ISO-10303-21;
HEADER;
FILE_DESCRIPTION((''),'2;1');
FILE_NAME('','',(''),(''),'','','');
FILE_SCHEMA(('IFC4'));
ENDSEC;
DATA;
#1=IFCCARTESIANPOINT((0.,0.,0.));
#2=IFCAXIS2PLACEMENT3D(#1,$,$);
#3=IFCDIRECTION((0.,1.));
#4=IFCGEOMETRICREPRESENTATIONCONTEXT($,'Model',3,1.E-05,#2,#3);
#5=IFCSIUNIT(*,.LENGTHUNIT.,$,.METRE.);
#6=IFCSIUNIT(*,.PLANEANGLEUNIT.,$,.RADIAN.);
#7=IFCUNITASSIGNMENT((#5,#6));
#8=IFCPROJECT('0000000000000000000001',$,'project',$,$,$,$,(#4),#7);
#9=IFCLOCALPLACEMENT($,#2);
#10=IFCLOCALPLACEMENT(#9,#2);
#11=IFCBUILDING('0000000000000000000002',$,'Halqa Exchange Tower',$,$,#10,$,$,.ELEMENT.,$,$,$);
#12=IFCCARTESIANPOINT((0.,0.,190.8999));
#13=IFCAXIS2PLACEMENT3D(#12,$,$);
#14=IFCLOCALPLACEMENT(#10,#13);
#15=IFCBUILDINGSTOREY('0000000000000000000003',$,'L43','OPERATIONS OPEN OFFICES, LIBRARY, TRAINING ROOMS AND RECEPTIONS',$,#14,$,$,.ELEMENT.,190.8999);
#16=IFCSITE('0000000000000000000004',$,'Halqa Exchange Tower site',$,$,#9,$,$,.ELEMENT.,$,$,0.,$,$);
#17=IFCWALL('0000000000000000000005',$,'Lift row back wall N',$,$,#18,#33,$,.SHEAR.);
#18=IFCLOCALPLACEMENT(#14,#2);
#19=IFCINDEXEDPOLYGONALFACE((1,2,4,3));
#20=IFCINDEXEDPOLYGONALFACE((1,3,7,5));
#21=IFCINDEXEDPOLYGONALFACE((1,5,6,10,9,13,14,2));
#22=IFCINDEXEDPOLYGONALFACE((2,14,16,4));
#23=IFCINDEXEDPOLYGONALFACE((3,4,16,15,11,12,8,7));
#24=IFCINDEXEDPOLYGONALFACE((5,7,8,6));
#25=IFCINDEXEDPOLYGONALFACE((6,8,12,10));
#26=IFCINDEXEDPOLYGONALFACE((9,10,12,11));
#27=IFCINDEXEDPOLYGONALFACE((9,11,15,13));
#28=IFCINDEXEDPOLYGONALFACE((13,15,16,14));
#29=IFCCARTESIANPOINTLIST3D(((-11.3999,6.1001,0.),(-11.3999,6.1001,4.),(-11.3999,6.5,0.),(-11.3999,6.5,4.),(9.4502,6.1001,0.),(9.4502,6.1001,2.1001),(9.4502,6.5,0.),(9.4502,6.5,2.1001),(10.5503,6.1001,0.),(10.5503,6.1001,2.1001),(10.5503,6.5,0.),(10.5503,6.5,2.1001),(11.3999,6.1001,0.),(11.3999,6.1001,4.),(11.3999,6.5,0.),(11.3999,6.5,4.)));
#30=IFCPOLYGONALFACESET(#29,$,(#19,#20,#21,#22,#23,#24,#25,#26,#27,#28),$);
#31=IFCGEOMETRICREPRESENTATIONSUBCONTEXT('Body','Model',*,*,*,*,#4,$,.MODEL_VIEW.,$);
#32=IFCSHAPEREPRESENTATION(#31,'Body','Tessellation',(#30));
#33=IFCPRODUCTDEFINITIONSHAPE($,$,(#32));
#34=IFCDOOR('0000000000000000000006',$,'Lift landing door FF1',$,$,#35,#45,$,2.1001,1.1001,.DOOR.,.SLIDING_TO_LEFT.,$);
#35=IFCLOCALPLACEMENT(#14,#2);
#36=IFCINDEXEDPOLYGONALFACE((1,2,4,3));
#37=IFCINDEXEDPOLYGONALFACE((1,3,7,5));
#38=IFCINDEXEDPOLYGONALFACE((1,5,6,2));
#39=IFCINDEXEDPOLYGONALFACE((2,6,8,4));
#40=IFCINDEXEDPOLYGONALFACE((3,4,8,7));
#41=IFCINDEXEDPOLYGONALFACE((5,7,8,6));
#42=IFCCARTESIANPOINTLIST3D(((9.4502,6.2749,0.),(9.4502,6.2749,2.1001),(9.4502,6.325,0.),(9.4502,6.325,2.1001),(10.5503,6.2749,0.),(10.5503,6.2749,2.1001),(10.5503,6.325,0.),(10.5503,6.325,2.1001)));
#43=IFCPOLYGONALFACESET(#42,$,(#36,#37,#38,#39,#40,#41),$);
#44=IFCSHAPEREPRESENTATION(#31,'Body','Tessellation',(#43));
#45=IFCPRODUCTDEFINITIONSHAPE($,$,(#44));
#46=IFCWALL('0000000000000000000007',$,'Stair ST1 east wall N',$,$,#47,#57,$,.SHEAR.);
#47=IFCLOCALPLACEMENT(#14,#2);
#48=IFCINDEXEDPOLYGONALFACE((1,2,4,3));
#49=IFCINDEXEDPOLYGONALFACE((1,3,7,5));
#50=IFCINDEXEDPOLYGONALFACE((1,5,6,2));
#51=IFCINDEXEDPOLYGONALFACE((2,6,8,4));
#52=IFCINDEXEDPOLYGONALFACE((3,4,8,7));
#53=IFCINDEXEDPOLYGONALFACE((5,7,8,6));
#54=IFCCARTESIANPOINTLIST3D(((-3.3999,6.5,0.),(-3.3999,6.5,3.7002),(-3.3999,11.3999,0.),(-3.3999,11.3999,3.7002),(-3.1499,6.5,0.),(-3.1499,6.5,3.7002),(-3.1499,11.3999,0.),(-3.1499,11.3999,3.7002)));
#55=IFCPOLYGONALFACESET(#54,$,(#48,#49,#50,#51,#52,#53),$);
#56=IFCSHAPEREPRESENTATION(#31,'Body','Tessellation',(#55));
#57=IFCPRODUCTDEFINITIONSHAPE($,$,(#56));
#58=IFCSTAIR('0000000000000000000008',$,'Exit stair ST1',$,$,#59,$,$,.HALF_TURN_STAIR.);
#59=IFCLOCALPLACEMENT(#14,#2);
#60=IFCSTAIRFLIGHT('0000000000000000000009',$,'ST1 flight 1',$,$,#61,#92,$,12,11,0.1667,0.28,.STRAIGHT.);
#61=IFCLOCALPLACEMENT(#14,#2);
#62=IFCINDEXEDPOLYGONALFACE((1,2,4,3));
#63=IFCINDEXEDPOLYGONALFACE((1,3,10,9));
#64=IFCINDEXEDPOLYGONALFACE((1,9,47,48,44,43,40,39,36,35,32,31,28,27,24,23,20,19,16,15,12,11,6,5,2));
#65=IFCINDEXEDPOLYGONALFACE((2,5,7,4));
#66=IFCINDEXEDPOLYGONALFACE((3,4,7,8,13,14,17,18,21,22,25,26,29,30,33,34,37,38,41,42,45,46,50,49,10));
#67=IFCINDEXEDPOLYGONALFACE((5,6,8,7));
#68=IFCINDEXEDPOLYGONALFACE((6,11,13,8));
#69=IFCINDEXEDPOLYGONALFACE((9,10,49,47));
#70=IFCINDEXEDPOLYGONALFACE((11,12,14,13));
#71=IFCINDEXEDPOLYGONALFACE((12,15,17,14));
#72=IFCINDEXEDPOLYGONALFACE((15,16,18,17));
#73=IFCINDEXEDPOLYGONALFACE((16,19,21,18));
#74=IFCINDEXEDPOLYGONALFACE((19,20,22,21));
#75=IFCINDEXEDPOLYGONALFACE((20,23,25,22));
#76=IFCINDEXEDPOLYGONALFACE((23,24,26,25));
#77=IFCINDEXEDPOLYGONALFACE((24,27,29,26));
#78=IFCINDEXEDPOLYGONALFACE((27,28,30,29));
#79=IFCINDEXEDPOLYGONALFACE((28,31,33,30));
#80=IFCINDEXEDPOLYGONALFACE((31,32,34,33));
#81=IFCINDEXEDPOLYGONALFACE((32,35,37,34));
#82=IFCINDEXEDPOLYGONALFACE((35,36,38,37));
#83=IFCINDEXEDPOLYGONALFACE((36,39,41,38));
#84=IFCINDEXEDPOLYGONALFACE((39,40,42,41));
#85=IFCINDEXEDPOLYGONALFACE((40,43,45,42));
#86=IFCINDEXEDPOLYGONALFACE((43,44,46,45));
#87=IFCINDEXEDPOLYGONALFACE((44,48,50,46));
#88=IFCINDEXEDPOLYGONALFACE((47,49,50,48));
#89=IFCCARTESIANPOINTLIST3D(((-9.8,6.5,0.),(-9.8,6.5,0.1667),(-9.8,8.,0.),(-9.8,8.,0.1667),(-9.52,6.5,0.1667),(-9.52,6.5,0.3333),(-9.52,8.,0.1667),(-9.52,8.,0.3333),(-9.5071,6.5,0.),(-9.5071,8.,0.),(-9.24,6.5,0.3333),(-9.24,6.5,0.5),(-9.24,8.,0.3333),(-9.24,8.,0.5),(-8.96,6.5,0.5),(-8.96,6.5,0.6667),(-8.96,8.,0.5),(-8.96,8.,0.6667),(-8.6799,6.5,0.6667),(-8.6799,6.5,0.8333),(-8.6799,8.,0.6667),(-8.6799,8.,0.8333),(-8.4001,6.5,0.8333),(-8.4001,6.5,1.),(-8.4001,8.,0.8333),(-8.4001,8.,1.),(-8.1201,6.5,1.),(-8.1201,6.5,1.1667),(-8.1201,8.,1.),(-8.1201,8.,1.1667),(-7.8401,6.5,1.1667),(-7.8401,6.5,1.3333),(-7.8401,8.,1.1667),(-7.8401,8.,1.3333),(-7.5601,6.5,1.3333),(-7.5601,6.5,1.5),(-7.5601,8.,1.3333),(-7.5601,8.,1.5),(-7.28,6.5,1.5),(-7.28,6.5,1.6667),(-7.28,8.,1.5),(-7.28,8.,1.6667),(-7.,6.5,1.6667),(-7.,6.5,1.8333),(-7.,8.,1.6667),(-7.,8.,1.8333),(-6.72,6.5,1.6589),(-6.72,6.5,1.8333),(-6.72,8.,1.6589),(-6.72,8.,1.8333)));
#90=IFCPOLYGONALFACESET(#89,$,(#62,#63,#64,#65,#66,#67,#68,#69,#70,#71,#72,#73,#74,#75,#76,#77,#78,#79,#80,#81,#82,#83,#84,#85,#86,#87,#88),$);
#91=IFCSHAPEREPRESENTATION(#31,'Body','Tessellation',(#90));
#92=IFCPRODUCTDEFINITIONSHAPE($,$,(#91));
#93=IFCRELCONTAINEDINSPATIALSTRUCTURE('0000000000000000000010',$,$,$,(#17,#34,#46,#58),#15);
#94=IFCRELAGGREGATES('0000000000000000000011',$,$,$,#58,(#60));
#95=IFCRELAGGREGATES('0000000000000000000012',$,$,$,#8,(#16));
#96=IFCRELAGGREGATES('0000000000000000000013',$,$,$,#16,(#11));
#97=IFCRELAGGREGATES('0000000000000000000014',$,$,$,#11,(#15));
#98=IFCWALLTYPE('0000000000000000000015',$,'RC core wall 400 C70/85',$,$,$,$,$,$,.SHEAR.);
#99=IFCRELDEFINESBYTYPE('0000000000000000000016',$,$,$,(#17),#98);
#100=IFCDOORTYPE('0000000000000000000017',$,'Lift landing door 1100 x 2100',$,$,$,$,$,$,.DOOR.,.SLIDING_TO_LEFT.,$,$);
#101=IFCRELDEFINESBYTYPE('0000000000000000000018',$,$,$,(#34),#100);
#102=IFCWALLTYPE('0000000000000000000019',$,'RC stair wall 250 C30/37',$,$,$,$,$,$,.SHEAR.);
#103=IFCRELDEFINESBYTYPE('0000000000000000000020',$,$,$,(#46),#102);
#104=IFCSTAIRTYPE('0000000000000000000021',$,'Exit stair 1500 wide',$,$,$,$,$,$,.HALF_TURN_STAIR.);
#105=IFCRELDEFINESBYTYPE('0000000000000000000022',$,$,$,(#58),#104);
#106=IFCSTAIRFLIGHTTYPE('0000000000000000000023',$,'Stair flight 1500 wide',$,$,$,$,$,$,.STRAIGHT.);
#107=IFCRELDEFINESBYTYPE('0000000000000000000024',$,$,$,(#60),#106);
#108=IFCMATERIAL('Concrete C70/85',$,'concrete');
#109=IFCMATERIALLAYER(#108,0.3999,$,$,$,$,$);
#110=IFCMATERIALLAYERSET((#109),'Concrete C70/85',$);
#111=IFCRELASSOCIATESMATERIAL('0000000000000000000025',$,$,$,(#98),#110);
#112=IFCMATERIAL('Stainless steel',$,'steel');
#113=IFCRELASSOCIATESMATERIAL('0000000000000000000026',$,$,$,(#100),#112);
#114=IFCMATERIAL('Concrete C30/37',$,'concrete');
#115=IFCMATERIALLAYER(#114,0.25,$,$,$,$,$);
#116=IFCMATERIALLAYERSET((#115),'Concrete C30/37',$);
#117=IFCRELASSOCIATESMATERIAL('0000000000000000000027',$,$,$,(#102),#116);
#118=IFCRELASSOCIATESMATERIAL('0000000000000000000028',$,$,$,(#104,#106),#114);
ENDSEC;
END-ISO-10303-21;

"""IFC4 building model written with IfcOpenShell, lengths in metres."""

from ifc_helpers import new_model, si_unit, direction, frame, frame_2d, origin, place, context, subcontext, project, spatial, polyline, rectangle, outline, extrude, material, layer, layer_set, type_object, element, fill, aggregate, save


model = new_model("IFC4")

# Units and contexts
model_context = context("Model", 3, precision=1e-05, world=origin(), true_north=direction((0.0, 1.0)))
body_context = subcontext(model_context, "Body", "Model", "MODEL_VIEW")
ifc_project = project(units=[si_unit("LENGTHUNIT", "METRE"), si_unit("PLANEANGLEUNIT", "RADIAN")], contexts=[model_context])

# Site, building, storey
site_placement = place(None, origin())
site = spatial("IfcSite", under=ifc_project, at=site_placement, Name="Halqa Exchange Tower site", CompositionType="ELEMENT", RefElevation=0.0)
building_placement = place(site_placement, origin())
building = spatial("IfcBuilding", under=site, at=building_placement, Name="Halqa Exchange Tower", CompositionType="ELEMENT")
storey_placement = place(building_placement, frame((0.0, 0.0, 190.8999)))
storey = spatial("IfcBuildingStorey", under=building, at=storey_placement, Name="L43", Description="OPERATIONS OPEN OFFICES, LIBRARY, TRAINING ROOMS AND RECEPTIONS", CompositionType="ELEMENT", Elevation=190.8999)

# Shared definitions
ifc_material_1 = material(Name="Concrete C70/85", Category="concrete")
ifc_layer_1 = layer(ifc_material_1, 0.3999)
ifc_layer_set_1 = layer_set([ifc_layer_1], Name="Concrete C70/85")
wall_type_1 = type_object("IfcWallType", Name="RC core wall 400 C70/85", PredefinedType="SHEAR", material=ifc_layer_set_1)
ifc_material_2 = material(Name="Stainless steel", Category="steel")
door_type_1 = type_object("IfcDoorType", Name="Lift landing door 1100 x 2100", OperationType="SLIDING_TO_LEFT", PredefinedType="DOOR", material=ifc_material_2)

# Wall, opening, door
wall_1_placement = place(storey_placement, frame((-11.3999, 6.3, 0.0), z_axis=(0.0, 0.0, 1.0), x_axis=(1.0, 0.0, 0.0)))
wall_1 = element("IfcWall", 1, at=wall_1_placement, inside=storey, type_object=wall_type_1, Name="Lift row back wall N", PredefinedType="SHEAR", context=body_context, shape_type="SweptSolid", body=[
    extrude(rectangle(XDim=22.7998, YDim=0.3999, at=frame_2d((11.3999, 0.0))), origin(), (0.0, 0.0, 1.0), 4.0),
])
opening_1_placement = place(wall_1_placement, frame((20.8501, 0.0, 0.0)))
opening_1 = element("IfcOpeningElement", 2, at=opening_1_placement, cuts=wall_1, PredefinedType="OPENING", context=body_context, shape_type="SweptSolid", body=[
    extrude(rectangle(XDim=1.1001, YDim=2.1001, at=frame_2d((0.55, 1.05))), frame((0.0, 0.2119, 0.0), z_axis=(0.0, -1.0, 0.0), x_axis=(1.0, 0.0, 0.0)), (0.0, 0.0, 1.0), 0.4238),
])
door_1_placement = place(opening_1_placement, origin())
door_1 = element("IfcDoor", 3, at=door_1_placement, inside=storey, type_object=door_type_1, Name="Lift landing door FF1", OperationType="SLIDING_TO_LEFT", OverallHeight=2.1001, OverallWidth=1.1001, PredefinedType="DOOR", context=body_context, shape_type="SweptSolid", body=[
    extrude(rectangle(XDim=1.1001, YDim=2.1001, at=frame_2d((0.55, 1.05))), frame((0.0, 0.0249, 0.0), z_axis=(0.0, -1.0, 0.0), x_axis=(1.0, 0.0, 0.0)), (0.0, 0.0, 1.0), 0.05),
])
fill(opening_1, door_1)

# Wall
ifc_material_3 = material(Name="Concrete C30/37", Category="concrete")
ifc_layer_2 = layer(ifc_material_3, 0.25)
ifc_layer_set_2 = layer_set([ifc_layer_2], Name="Concrete C30/37")
wall_type_2 = type_object("IfcWallType", Name="RC stair wall 250 C30/37", PredefinedType="SHEAR", material=ifc_layer_set_2)
wall_2_placement = place(storey_placement, frame((-3.2749, 6.5, 0.0), z_axis=(0.0, 0.0, 1.0), x_axis=(0.0, 1.0, 0.0)))
element("IfcWall", 4, at=wall_2_placement, inside=storey, type_object=wall_type_2, Name="Stair ST1 east wall N", PredefinedType="SHEAR", context=body_context, shape_type="SweptSolid", body=[
    extrude(rectangle(XDim=4.8999, YDim=0.25, at=frame_2d((2.45, 0.0))), origin(), (0.0, 0.0, 1.0), 3.7002),
])

# Stair, stair flight
stair_type = type_object("IfcStairType", Name="Exit stair 1500 wide", PredefinedType="HALF_TURN_STAIR", material=ifc_material_3)
stair_placement = place(storey_placement, origin())
stair = element("IfcStair", 5, at=stair_placement, inside=storey, type_object=stair_type, Name="Exit stair ST1", PredefinedType="HALF_TURN_STAIR")
stair_flight_type = type_object("IfcStairFlightType", Name="Stair flight 1500 wide", PredefinedType="STRAIGHT", material=ifc_material_3)
stair_flight_placement = place(storey_placement, frame((-9.8, 7.25, 0.0), z_axis=(0.0, 0.0, 1.0), x_axis=(1.0, 0.0, 0.0)))
stair_flight = element("IfcStairFlight", 6, at=stair_flight_placement, type_object=stair_flight_type, Name="ST1 flight 1", NumberOfRisers=12, NumberOfTreads=11, PredefinedType="STRAIGHT", RiserHeight=0.1667, TreadLength=0.28, context=body_context, shape_type="SweptSolid", body=[
    extrude(outline(polyline([(0.0, 0.0), (0.0, 0.1667), (0.28, 0.1667), (0.28, 0.3333), (0.5601, 0.3333), (0.5601, 0.5), (0.8401, 0.5), (0.8401, 0.6667), (1.1201, 0.6667), (1.1201, 0.8333), (1.3999, 0.8333), (1.3999, 1.0), (1.6799, 1.0), (1.6799, 1.1667), (1.96, 1.1667), (1.96, 1.3333), (2.24, 1.3333), (2.24, 1.5), (2.52, 1.5), (2.52, 1.6667), (2.8, 1.6667), (2.8, 1.8333), (3.0801, 1.8333), (3.0801, 2.0), (3.0801, 1.6589), (0.293, 0.0), (0.0, 0.0)])), frame((0.0, 0.75, 0.0), z_axis=(0.0, -1.0, 0.0), x_axis=(1.0, 0.0, 0.0)), (0.0, 0.0, 1.0), 1.5),
])
aggregate(stair, [stair_flight])

save(model, "model.ifc")
